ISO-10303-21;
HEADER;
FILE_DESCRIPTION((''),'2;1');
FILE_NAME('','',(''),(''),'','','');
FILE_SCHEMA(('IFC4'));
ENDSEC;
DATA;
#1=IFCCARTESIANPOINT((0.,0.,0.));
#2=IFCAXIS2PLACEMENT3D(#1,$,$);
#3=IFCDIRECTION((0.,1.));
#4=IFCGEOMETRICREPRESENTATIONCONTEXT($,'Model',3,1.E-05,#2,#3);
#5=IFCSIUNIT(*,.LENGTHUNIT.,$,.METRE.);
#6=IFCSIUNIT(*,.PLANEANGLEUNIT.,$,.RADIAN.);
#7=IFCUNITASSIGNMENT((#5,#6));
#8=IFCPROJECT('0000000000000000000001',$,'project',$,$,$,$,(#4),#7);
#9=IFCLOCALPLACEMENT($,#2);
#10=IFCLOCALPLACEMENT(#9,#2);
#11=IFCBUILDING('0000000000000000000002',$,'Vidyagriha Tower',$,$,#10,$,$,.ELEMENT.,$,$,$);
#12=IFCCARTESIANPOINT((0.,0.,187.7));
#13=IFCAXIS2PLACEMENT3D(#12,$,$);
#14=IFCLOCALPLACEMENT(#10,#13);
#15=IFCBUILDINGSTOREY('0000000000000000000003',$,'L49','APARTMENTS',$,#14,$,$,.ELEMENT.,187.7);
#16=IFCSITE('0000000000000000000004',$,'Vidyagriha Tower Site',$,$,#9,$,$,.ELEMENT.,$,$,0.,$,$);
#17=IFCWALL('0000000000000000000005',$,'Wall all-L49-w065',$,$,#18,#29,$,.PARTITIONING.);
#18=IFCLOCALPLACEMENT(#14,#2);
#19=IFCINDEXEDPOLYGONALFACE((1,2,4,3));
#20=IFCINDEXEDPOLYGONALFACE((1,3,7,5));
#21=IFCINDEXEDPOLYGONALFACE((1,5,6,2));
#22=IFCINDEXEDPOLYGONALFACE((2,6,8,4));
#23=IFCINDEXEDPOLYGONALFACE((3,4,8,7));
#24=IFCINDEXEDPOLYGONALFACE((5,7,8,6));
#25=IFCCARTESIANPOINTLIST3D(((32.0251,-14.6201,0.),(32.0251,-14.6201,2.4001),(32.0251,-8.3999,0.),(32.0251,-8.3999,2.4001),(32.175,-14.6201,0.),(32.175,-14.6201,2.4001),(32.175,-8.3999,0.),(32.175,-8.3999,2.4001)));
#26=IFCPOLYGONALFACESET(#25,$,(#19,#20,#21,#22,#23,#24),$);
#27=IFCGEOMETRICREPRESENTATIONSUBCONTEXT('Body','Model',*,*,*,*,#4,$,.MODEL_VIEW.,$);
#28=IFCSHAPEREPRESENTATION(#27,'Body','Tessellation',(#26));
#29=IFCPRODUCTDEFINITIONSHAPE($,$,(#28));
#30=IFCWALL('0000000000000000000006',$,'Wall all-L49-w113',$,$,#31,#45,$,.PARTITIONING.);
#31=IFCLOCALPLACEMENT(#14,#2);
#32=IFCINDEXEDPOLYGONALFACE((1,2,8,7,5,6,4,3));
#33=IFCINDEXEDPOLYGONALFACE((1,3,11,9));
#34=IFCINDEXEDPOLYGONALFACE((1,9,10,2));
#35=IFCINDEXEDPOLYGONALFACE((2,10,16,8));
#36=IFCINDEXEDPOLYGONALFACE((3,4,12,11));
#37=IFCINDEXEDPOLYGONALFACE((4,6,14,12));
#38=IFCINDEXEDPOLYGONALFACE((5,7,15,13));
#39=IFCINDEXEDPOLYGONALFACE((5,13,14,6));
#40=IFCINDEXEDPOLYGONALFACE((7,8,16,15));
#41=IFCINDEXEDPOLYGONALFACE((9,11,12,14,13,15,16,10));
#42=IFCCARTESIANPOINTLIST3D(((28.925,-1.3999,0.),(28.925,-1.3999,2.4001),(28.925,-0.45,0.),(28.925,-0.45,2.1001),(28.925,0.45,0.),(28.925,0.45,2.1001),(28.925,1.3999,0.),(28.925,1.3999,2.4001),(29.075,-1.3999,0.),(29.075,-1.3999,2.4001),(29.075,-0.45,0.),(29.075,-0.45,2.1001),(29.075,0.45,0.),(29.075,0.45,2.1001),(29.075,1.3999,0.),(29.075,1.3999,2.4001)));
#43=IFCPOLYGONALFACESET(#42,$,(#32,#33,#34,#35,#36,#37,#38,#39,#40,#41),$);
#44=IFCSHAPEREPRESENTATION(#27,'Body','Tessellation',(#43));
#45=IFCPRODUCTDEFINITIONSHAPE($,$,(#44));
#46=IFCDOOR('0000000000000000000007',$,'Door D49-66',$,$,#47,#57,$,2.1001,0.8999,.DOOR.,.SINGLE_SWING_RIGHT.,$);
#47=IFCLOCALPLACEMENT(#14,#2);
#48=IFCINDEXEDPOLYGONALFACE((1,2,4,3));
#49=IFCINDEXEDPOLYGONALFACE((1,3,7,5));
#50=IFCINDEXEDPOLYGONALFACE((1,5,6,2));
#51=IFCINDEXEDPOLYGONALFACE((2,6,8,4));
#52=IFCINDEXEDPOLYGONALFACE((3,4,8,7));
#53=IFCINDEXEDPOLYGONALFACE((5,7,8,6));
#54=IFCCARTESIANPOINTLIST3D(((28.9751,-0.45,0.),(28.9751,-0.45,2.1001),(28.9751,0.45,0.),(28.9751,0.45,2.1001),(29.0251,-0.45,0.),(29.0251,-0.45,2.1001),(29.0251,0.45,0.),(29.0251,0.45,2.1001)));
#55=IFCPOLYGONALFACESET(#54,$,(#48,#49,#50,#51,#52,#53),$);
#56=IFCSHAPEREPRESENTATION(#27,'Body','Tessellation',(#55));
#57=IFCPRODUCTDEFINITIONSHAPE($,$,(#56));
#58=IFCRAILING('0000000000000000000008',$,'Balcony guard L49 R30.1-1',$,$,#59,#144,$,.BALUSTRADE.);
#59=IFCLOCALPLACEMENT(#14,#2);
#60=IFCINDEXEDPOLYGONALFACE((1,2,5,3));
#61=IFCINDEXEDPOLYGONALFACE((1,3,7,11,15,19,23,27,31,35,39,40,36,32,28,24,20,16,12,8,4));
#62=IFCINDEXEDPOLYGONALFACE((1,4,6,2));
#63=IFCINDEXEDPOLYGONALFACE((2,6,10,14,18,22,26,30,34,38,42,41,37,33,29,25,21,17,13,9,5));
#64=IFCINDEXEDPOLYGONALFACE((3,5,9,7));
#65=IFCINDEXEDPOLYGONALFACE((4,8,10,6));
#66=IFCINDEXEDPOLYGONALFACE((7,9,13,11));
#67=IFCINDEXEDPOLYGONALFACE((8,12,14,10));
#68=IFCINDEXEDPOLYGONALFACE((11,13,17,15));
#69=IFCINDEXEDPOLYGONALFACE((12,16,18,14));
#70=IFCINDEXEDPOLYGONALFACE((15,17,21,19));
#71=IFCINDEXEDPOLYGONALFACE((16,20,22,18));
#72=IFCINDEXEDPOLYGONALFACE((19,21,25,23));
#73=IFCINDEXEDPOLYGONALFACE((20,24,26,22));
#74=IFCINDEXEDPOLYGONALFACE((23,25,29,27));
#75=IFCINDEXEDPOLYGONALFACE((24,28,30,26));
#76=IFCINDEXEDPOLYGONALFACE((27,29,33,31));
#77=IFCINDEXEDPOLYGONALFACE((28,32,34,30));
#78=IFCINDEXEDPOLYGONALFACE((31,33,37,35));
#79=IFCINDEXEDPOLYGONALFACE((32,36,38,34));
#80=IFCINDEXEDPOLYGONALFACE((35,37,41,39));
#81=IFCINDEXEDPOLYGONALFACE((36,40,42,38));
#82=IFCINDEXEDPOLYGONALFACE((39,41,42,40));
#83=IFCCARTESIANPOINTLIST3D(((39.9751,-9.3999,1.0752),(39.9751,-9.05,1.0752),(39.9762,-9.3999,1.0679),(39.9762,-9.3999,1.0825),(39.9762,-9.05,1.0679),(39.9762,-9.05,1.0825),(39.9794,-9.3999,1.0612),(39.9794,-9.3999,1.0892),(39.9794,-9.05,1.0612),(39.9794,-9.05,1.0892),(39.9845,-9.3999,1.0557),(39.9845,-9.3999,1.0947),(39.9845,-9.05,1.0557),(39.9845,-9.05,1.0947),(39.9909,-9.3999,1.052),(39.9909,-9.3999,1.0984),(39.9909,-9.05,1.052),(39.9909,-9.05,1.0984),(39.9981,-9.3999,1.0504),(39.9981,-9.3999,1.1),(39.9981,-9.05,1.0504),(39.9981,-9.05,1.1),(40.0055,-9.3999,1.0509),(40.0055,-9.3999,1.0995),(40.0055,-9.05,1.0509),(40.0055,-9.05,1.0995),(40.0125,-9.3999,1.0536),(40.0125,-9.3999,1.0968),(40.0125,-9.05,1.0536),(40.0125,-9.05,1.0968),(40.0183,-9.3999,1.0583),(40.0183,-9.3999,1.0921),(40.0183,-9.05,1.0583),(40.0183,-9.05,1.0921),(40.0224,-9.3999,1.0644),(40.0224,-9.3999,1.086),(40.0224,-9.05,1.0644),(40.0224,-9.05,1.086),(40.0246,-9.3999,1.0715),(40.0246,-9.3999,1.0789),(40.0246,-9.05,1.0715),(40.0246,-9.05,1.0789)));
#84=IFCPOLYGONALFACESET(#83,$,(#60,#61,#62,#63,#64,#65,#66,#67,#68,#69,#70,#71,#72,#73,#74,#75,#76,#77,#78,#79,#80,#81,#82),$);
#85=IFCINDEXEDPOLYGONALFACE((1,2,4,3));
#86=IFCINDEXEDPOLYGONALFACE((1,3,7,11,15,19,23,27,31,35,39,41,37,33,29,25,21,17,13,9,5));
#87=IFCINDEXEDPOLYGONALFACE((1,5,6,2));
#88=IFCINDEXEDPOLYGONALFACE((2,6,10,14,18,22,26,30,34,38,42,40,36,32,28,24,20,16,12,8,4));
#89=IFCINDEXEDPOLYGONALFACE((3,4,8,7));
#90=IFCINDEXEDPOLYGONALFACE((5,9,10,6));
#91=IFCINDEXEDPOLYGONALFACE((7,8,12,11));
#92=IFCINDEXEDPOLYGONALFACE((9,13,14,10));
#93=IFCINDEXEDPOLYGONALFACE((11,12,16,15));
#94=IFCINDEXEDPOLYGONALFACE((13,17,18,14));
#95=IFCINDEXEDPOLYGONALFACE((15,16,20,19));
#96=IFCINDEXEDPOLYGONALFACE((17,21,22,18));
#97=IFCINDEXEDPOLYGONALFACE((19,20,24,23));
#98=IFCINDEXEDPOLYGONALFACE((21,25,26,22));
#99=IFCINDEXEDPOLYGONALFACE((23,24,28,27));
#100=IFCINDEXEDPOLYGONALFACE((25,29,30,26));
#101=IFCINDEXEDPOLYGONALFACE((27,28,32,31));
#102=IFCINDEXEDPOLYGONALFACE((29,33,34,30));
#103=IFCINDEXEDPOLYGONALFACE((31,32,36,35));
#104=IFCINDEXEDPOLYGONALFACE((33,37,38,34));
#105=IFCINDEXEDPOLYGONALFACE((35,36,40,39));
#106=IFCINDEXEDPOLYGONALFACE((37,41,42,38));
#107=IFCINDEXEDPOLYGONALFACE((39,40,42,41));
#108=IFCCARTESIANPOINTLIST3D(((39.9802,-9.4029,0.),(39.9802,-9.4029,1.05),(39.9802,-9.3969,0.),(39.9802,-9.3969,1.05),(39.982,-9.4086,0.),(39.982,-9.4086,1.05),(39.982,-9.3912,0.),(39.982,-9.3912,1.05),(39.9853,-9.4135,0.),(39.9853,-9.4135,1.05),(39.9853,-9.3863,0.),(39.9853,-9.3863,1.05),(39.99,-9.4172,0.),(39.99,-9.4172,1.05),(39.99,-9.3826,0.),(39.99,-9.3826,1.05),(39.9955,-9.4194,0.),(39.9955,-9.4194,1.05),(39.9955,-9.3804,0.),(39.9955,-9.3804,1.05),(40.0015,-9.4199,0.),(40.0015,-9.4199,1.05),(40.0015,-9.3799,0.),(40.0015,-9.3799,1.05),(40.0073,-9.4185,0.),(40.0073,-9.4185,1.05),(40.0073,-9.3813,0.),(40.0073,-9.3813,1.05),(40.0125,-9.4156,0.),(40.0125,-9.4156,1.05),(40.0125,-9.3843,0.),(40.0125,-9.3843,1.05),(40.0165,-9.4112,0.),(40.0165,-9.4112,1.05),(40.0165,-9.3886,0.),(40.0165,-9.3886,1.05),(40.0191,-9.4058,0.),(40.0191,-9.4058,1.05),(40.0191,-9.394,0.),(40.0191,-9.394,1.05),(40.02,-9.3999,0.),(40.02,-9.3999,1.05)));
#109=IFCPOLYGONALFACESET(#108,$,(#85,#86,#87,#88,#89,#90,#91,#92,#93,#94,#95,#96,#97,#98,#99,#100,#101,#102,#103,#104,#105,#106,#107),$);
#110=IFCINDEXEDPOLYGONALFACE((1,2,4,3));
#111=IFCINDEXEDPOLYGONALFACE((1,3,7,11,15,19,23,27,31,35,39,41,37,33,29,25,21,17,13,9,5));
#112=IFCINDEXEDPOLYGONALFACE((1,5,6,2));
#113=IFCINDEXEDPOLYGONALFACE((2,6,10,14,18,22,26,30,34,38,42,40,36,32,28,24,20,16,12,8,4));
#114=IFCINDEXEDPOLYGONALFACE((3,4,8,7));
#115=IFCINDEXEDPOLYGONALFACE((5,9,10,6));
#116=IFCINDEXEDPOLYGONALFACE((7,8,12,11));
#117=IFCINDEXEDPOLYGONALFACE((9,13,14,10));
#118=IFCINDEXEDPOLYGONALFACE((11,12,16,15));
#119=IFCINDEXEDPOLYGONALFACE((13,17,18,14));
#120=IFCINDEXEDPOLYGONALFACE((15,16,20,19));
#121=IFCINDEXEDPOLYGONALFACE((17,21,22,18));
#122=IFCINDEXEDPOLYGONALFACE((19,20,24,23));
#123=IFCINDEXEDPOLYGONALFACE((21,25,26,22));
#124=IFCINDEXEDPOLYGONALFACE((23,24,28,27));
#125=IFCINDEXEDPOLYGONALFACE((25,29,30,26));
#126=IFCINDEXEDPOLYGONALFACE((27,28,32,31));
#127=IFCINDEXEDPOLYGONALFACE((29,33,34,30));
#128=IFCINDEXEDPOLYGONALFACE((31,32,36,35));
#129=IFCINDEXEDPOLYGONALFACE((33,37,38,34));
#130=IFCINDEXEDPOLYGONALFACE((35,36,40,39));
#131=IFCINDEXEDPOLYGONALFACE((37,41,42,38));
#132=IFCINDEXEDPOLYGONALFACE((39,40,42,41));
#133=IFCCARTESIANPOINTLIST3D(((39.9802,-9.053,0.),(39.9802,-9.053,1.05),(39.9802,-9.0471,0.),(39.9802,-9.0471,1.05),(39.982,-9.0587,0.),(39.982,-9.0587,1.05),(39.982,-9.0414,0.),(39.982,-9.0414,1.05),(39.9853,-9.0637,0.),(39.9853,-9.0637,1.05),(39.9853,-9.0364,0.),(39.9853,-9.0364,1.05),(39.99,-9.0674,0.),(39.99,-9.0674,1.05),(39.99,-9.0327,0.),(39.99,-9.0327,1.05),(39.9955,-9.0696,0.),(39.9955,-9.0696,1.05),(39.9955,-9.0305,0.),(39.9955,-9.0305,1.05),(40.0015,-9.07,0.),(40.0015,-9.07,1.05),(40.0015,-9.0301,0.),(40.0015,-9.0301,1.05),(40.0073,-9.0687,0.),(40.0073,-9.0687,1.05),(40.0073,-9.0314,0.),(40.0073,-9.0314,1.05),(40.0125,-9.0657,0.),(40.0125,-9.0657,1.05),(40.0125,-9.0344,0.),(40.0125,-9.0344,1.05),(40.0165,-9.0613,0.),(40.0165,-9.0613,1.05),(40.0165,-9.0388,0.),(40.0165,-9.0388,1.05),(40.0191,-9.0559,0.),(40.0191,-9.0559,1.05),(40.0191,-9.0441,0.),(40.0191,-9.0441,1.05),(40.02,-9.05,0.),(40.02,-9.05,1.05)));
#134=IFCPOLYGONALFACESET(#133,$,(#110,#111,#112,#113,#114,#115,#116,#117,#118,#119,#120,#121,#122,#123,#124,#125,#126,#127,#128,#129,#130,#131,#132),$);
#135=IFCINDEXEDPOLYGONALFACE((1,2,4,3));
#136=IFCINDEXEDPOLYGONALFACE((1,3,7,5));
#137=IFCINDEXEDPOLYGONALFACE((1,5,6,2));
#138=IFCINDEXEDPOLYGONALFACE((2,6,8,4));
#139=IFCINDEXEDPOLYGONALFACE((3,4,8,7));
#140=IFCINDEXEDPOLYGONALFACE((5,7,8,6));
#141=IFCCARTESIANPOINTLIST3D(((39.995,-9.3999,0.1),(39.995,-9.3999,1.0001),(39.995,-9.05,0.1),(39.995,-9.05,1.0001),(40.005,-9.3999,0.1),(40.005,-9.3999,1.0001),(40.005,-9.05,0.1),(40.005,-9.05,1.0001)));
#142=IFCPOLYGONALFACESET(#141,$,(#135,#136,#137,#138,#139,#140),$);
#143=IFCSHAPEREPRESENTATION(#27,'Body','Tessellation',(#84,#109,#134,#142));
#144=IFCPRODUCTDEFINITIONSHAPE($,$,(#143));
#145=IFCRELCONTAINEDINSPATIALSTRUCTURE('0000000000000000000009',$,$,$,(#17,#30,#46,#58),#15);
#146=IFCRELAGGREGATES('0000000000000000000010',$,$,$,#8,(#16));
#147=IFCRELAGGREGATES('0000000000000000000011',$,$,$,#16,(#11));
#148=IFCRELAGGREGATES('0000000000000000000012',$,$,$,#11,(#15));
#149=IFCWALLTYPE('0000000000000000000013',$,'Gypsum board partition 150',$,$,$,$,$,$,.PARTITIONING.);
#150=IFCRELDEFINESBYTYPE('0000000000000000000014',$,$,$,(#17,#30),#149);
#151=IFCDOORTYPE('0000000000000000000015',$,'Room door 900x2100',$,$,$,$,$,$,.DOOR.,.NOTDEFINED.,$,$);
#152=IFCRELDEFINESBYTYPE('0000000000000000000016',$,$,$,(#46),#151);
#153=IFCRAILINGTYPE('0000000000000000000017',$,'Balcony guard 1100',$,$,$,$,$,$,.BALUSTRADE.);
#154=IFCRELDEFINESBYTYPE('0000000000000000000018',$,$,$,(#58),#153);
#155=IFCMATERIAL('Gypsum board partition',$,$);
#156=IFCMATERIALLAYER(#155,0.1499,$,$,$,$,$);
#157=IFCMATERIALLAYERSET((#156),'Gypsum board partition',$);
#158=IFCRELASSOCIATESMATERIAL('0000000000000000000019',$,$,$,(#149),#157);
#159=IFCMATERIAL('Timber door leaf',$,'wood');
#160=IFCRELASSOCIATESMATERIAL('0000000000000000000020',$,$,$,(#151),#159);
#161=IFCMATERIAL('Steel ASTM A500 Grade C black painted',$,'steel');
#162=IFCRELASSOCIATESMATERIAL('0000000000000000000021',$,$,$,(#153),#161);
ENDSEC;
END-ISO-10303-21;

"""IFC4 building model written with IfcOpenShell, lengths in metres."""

from ifc_helpers import new_model, si_unit, direction, frame, frame_2d, origin, origin_2d, place, context, subcontext, project, spatial, rectangle, circle, extrude, material, layer, layer_set, type_object, element, fill, save


model = new_model("IFC4")

# Units and contexts
model_context = context("Model", 3, precision=1e-05, world=origin(), true_north=direction((0.0, 1.0)))
body_context = subcontext(model_context, "Body", "Model", "MODEL_VIEW")
ifc_project = project(units=[si_unit("LENGTHUNIT", "METRE"), si_unit("PLANEANGLEUNIT", "RADIAN")], contexts=[model_context])

# Site, building, storey
site_placement = place(None, origin())
site = spatial("IfcSite", under=ifc_project, at=site_placement, Name="Vidyagriha Tower Site", CompositionType="ELEMENT", RefElevation=0.0)
building_placement = place(site_placement, origin())
building = spatial("IfcBuilding", under=site, at=building_placement, Name="Vidyagriha Tower", CompositionType="ELEMENT")
storey_placement = place(building_placement, frame((0.0, 0.0, 187.7)))
storey = spatial("IfcBuildingStorey", under=building, at=storey_placement, Name="L49", Description="APARTMENTS", CompositionType="ELEMENT", Elevation=187.7)

# Shared definitions
ifc_material_1 = material(Name="Gypsum board partition")
ifc_layer_1 = layer(ifc_material_1, 0.1499)
ifc_layer_set_1 = layer_set([ifc_layer_1], Name="Gypsum board partition")
wall_type_1 = type_object("IfcWallType", Name="Gypsum board partition 150", PredefinedType="PARTITIONING", material=ifc_layer_set_1)
ifc_material_2 = material(Name="Timber door leaf", Category="wood")
door_type_1 = type_object("IfcDoorType", Name="Room door 900x2100", OperationType="NOTDEFINED", PredefinedType="DOOR", material=ifc_material_2)

# Wall
wall_1_placement = place(storey_placement, frame((32.1001, -8.3999, 0.0), z_axis=(0.0, 0.0, 1.0), x_axis=(0.0, -1.0, 0.0)))
element("IfcWall", 1, at=wall_1_placement, inside=storey, type_object=wall_type_1, Name="Wall all-L49-w065", PredefinedType="PARTITIONING", context=body_context, shape_type="SweptSolid", body=[
    extrude(rectangle(XDim=6.2202, YDim=0.1499, at=frame_2d((3.1101, 0.0))), origin(), (0.0, 0.0, 1.0), 2.4001),
])

# Wall, opening, door
wall_2_placement = place(storey_placement, frame((29.0, -1.3999, 0.0), z_axis=(0.0, 0.0, 1.0), x_axis=(0.0, 1.0, 0.0)))
wall_2 = element("IfcWall", 2, at=wall_2_placement, inside=storey, type_object=wall_type_1, Name="Wall all-L49-w113", PredefinedType="PARTITIONING", context=body_context, shape_type="SweptSolid", body=[
    extrude(rectangle(XDim=2.7998, YDim=0.1499, at=frame_2d((1.3999, 0.0))), origin(), (0.0, 0.0, 1.0), 2.4001),
])
opening_1_placement = place(wall_2_placement, frame((0.95, 0.0, 0.0)))
opening_1 = element("IfcOpeningElement", 3, at=opening_1_placement, cuts=wall_2, PredefinedType="OPENING", context=body_context, shape_type="SweptSolid", body=[
    extrude(rectangle(XDim=0.8999, YDim=2.1001, at=frame_2d((0.45, 1.05))), frame((0.0, 0.085, 0.0), z_axis=(0.0, -1.0, 0.0), x_axis=(1.0, 0.0, 0.0)), (0.0, 0.0, 1.0), 0.1699),
])
door_1_placement = place(opening_1_placement, origin())
door_1 = element("IfcDoor", 4, at=door_1_placement, inside=storey, type_object=door_type_1, Name="Door D49-66", OperationType="SINGLE_SWING_RIGHT", OverallHeight=2.1001, OverallWidth=0.8999, PredefinedType="DOOR", context=body_context, shape_type="SweptSolid", body=[
    extrude(rectangle(XDim=0.8999, YDim=2.1001, at=frame_2d((0.45, 1.05))), frame((0.0, 0.0249, 0.0), z_axis=(0.0, -1.0, 0.0), x_axis=(1.0, 0.0, 0.0)), (0.0, 0.0, 1.0), 0.05),
])
fill(opening_1, door_1)

# Railing
ifc_material_3 = material(Name="Steel ASTM A500 Grade C black painted", Category="steel")
railing_type_1 = type_object("IfcRailingType", Name="Balcony guard 1100", PredefinedType="BALUSTRADE", material=ifc_material_3)
railing_1_placement = place(storey_placement, frame((40.0, -9.3999, 0.0)))
element("IfcRailing", 5, at=railing_1_placement, inside=storey, type_object=railing_type_1, Name="Balcony guard L49 R30.1-1", PredefinedType="BALUSTRADE", context=body_context, shape_type="SweptSolid", body=[
    extrude(circle(Radius=0.0249, at=origin_2d()), frame((0.0, 0.0, 1.0752), z_axis=(0.0, 1.0, 0.0), x_axis=(-1.0, 0.0, 0.0)), (0.0, 0.0, 1.0), 0.3499),
    extrude(circle(Radius=0.02, at=origin_2d()), origin(), (0.0, 0.0, 1.0), 1.05),
    extrude(circle(Radius=0.02, at=origin_2d()), frame((0.0, 0.3499, 0.0)), (0.0, 0.0, 1.0), 1.05),
    extrude(rectangle(XDim=0.01, YDim=0.9001, at=origin_2d()), frame((0.0, 0.0, 0.55), z_axis=(0.0, 1.0, 0.0), x_axis=(-1.0, 0.0, 0.0)), (0.0, 0.0, 1.0), 0.3499),
])

save(model, "model.ifc")
